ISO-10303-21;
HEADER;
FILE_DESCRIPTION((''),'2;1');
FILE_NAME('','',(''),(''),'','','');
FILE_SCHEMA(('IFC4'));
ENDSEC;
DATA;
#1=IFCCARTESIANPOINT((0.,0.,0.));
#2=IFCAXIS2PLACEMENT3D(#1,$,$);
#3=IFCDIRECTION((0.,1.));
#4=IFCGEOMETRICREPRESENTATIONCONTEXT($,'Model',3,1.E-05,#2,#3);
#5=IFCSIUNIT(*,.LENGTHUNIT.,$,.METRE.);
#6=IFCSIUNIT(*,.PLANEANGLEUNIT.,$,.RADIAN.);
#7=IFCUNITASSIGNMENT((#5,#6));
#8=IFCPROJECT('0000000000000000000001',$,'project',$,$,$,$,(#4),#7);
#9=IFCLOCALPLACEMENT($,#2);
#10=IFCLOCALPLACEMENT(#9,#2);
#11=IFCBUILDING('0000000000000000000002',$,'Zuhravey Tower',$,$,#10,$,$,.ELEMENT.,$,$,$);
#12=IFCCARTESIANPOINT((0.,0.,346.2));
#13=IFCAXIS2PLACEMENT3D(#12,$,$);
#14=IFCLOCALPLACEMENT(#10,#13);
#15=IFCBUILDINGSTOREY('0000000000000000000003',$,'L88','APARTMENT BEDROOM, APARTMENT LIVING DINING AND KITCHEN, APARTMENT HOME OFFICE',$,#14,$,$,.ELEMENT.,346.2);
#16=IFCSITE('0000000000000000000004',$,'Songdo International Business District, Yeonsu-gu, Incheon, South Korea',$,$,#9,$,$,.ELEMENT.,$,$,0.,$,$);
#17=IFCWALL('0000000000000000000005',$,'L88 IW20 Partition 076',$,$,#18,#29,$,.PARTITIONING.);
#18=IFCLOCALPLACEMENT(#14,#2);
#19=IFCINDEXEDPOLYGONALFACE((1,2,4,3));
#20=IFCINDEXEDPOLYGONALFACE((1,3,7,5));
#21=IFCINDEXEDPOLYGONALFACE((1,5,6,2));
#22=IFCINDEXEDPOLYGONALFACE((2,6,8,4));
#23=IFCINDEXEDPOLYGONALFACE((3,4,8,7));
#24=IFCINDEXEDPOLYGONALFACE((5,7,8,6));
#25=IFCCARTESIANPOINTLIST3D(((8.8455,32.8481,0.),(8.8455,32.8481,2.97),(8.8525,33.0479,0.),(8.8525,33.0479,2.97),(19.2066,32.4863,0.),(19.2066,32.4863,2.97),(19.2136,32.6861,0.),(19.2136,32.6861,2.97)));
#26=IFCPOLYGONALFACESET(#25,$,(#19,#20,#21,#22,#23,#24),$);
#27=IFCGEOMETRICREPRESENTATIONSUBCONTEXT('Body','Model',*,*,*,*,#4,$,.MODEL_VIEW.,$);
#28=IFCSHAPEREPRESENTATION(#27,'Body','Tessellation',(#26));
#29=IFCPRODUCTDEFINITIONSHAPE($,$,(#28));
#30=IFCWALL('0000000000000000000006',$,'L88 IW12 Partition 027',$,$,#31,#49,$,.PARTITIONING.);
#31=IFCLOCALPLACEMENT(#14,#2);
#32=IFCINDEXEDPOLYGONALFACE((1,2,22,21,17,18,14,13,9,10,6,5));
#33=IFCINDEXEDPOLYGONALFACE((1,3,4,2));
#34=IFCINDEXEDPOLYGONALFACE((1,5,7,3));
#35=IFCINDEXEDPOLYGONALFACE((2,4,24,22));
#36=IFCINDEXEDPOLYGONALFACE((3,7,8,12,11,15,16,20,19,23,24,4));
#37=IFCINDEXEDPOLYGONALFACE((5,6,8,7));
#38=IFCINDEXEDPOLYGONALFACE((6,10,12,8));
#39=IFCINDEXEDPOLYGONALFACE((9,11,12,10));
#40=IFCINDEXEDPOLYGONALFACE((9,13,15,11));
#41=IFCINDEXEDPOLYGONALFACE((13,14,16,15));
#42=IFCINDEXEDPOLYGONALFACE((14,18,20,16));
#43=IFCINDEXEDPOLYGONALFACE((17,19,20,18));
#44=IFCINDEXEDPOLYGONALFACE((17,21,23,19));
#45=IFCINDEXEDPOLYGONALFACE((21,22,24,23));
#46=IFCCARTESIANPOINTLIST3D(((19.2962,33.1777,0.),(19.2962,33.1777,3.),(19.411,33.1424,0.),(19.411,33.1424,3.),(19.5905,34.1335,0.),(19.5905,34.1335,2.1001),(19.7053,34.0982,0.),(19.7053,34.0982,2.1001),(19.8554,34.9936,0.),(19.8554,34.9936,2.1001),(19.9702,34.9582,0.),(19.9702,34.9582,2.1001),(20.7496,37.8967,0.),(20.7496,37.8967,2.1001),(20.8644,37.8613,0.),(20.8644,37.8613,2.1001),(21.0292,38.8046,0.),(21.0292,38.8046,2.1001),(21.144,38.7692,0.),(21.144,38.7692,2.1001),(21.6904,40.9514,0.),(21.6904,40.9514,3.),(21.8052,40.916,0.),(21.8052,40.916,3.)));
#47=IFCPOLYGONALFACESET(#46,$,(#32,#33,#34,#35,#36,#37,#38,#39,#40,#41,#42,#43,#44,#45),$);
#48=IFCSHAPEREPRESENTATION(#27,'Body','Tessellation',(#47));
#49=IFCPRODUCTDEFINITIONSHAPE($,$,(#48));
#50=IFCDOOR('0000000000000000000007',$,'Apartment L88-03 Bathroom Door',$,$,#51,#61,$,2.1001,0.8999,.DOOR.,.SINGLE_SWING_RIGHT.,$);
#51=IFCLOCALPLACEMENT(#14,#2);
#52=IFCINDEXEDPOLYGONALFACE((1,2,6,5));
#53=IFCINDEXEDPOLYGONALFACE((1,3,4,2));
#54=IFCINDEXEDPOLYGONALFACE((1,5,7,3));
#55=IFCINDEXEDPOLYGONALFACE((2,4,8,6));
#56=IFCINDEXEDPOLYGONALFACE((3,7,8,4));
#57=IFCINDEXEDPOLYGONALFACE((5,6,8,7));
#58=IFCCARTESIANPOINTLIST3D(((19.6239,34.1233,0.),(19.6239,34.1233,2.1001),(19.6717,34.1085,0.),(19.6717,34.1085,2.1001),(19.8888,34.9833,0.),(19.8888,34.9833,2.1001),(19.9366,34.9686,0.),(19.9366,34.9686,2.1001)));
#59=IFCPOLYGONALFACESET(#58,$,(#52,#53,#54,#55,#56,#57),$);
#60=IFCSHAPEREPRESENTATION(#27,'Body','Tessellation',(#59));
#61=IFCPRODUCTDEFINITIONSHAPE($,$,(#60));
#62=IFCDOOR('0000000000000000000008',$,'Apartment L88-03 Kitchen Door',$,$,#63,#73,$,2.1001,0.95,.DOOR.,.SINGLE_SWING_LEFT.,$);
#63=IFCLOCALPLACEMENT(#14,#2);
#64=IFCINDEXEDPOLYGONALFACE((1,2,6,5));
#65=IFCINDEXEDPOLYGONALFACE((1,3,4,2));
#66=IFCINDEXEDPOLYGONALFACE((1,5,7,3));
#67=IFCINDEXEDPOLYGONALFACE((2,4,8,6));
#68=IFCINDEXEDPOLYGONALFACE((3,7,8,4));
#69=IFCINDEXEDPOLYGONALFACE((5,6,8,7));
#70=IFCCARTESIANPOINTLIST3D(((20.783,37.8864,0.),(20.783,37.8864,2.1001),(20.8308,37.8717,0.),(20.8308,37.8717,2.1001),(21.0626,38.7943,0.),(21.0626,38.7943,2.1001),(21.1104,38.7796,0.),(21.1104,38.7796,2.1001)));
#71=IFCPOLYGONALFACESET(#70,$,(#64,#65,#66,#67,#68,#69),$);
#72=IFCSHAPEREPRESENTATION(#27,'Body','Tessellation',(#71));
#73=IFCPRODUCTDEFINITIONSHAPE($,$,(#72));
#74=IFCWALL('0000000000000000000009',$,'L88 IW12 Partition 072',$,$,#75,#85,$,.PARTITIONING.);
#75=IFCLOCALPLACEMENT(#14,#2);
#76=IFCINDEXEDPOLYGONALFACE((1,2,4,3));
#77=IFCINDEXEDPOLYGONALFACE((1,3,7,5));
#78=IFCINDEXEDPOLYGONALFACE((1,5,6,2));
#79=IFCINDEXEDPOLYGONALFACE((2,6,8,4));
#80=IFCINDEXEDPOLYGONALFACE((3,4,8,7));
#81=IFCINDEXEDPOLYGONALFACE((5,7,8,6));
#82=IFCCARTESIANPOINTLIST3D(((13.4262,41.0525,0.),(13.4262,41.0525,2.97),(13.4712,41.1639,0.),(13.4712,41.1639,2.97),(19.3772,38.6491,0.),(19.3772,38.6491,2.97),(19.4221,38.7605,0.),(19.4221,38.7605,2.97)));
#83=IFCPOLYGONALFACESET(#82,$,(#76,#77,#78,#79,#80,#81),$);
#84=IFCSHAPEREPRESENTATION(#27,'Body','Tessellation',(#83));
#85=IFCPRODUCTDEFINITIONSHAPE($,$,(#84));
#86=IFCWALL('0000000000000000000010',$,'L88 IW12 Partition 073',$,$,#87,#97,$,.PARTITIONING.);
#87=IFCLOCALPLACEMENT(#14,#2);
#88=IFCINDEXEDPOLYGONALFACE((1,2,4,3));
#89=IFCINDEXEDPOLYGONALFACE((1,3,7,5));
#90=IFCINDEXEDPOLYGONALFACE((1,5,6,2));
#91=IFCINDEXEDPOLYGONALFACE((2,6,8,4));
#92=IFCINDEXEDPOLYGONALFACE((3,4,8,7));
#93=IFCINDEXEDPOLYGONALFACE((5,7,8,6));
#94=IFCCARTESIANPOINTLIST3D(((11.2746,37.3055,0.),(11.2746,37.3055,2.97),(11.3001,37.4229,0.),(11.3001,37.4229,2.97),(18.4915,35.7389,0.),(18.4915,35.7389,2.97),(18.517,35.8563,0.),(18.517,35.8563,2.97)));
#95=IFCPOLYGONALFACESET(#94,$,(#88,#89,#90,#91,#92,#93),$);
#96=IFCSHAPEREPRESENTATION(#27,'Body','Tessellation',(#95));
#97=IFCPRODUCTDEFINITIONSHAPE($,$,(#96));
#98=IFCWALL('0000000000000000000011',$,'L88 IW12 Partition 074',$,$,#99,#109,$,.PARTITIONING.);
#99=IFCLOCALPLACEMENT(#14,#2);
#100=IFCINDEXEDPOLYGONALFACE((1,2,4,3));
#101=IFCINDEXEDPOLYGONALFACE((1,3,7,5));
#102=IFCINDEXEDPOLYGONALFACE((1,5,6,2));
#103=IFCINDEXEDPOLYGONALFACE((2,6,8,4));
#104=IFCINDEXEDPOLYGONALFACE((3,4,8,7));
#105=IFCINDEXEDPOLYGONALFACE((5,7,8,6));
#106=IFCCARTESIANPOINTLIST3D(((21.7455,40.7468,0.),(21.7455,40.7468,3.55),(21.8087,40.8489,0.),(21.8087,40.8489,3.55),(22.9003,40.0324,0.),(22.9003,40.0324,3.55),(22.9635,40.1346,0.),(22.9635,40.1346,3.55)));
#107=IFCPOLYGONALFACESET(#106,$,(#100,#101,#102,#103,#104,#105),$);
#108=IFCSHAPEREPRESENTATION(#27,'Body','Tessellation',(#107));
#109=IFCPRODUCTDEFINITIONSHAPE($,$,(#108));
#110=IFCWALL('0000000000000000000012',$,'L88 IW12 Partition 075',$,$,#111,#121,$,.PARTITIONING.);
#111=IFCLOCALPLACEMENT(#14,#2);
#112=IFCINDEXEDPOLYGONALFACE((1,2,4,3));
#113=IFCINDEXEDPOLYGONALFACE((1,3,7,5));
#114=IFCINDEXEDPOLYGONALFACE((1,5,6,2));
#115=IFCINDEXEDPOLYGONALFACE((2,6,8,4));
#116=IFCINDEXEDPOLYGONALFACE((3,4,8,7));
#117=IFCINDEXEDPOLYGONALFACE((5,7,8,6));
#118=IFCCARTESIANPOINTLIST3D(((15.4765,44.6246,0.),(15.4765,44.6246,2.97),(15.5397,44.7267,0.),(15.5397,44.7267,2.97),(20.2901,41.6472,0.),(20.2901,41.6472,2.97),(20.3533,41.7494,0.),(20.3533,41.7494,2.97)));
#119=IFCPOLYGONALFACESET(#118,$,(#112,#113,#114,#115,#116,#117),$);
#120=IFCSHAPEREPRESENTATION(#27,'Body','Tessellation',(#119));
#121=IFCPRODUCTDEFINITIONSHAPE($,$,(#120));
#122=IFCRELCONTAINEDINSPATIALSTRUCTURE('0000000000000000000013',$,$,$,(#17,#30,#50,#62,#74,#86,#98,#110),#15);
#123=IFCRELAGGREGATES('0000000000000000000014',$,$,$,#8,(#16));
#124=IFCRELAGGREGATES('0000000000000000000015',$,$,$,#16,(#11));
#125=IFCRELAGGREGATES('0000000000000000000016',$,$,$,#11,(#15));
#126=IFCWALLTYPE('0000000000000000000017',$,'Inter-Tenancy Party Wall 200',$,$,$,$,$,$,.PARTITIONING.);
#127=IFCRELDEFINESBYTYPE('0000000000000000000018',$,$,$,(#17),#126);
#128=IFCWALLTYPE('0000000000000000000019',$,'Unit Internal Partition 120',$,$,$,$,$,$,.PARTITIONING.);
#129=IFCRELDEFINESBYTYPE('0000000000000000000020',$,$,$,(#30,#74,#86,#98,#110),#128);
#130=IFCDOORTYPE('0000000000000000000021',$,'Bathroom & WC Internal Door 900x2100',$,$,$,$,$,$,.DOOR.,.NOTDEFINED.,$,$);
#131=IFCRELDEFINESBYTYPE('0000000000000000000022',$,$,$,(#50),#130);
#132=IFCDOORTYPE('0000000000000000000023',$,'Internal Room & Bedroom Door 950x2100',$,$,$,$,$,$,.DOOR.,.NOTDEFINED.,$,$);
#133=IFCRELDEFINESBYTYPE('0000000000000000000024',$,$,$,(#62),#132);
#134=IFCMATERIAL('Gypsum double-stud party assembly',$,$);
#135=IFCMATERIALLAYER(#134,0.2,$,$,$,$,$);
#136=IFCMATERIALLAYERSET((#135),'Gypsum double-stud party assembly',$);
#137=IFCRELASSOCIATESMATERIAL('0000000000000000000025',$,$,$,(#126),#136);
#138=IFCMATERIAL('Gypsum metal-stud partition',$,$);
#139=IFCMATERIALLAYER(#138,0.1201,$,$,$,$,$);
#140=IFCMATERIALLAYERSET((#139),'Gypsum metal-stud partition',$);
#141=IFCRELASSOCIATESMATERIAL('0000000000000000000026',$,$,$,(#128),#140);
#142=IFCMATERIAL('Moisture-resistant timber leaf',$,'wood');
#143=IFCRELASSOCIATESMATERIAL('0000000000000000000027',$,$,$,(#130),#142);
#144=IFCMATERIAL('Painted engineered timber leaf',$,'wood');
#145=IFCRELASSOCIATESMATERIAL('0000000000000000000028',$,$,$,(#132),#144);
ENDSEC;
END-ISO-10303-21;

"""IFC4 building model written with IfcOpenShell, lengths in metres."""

from ifc_helpers import new_model, si_unit, direction, frame, frame_2d, origin, place, context, subcontext, project, spatial, rectangle, extrude, material, layer, layer_set, type_object, element, fill, save


model = new_model("IFC4")

# Units and contexts
model_context = context("Model", 3, precision=1e-05, world=origin(), true_north=direction((0.0, 1.0)))
body_context = subcontext(model_context, "Body", "Model", "MODEL_VIEW")
ifc_project = project(units=[si_unit("LENGTHUNIT", "METRE"), si_unit("PLANEANGLEUNIT", "RADIAN")], contexts=[model_context])

# Site, building, storey
site_placement = place(None, origin())
site = spatial("IfcSite", under=ifc_project, at=site_placement, Name="Songdo International Business District, Yeonsu-gu, Incheon, South Korea", CompositionType="ELEMENT", RefElevation=0.0)
building_placement = place(site_placement, origin())
building = spatial("IfcBuilding", under=site, at=building_placement, Name="Zuhravey Tower", CompositionType="ELEMENT")
storey_placement = place(building_placement, frame((0.0, 0.0, 346.2)))
storey = spatial("IfcBuildingStorey", under=building, at=storey_placement, Name="L88", Description="APARTMENT BEDROOM, APARTMENT LIVING DINING AND KITCHEN, APARTMENT HOME OFFICE", CompositionType="ELEMENT", Elevation=346.2)

# Wall
ifc_material_1 = material(Name="Gypsum double-stud party assembly")
ifc_layer_1 = layer(ifc_material_1, 0.2)
ifc_layer_set_1 = layer_set([ifc_layer_1], Name="Gypsum double-stud party assembly")
wall_type_1 = type_object("IfcWallType", Name="Inter-Tenancy Party Wall 200", PredefinedType="PARTITIONING", material=ifc_layer_set_1)
wall_1_placement = place(storey_placement, frame((19.21, 32.5862, 0.0), z_axis=(0.0, 0.0, 1.0), x_axis=(-0.999391, 0.034899, 0.0)))
element("IfcWall", 1, at=wall_1_placement, inside=storey, type_object=wall_type_1, Name="L88 IW20 Partition 076", PredefinedType="PARTITIONING", context=body_context, shape_type="SweptSolid", body=[
    extrude(rectangle(XDim=10.3674, YDim=0.2, at=frame_2d((5.1836, 0.0))), origin(), (0.0, 0.0, 1.0), 2.97),
])

# Wall, openings, doors
ifc_material_2 = material(Name="Gypsum metal-stud partition")
ifc_layer_2 = layer(ifc_material_2, 0.1201)
ifc_layer_set_2 = layer_set([ifc_layer_2], Name="Gypsum metal-stud partition")
wall_type_2 = type_object("IfcWallType", Name="Unit Internal Partition 120", PredefinedType="PARTITIONING", material=ifc_layer_set_2)
wall_2_placement = place(storey_placement, frame((21.7478, 40.9336, 0.0), z_axis=(0.0, 0.0, 1.0), x_axis=(-0.294354, -0.955697, 0.0)))
wall_2 = element("IfcWall", 2, at=wall_2_placement, inside=storey, type_object=wall_type_2, Name="L88 IW12 Partition 027", PredefinedType="PARTITIONING", context=body_context, shape_type="SweptSolid", body=[
    extrude(rectangle(XDim=8.134, YDim=0.1201, at=frame_2d((4.0669, 0.0))), origin(), (0.0, 0.0, 1.0), 3.0),
])
opening_1_placement = place(wall_2_placement, frame((2.2461, 0.0, 0.0)))
opening_1 = element("IfcOpeningElement", 3, at=opening_1_placement, cuts=wall_2, PredefinedType="OPENING", context=body_context, shape_type="SweptSolid", body=[
    extrude(rectangle(XDim=0.95, YDim=2.1001, at=frame_2d((0.4751, 1.05))), frame((0.0, 0.072, 0.0), z_axis=(0.0, -1.0, 0.0), x_axis=(1.0, 0.0, 0.0)), (0.0, 0.0, 1.0), 0.144),
])
opening_2_placement = place(wall_2_placement, frame((6.2339, 0.0, 0.0)))
opening_2 = element("IfcOpeningElement", 4, at=opening_2_placement, cuts=wall_2, PredefinedType="OPENING", context=body_context, shape_type="SweptSolid", body=[
    extrude(rectangle(XDim=0.8999, YDim=2.1001, at=frame_2d((0.45, 1.05))), frame((0.0, 0.072, 0.0), z_axis=(0.0, -1.0, 0.0), x_axis=(1.0, 0.0, 0.0)), (0.0, 0.0, 1.0), 0.144),
])
ifc_material_3 = material(Name="Moisture-resistant timber leaf", Category="wood")
door_type_1 = type_object("IfcDoorType", Name="Bathroom & WC Internal Door 900x2100", OperationType="NOTDEFINED", PredefinedType="DOOR", material=ifc_material_3)
door_1_placement = place(opening_2_placement, origin())
door_1 = element("IfcDoor", 5, at=door_1_placement, inside=storey, type_object=door_type_1, Name="Apartment L88-03 Bathroom Door", OperationType="SINGLE_SWING_RIGHT", OverallHeight=2.1001, OverallWidth=0.8999, PredefinedType="DOOR", context=body_context, shape_type="SweptSolid", body=[
    extrude(rectangle(XDim=0.8999, YDim=2.1001, at=frame_2d((0.45, 1.05))), frame((0.0, 0.0249, 0.0), z_axis=(0.0, -1.0, 0.0), x_axis=(1.0, 0.0, 0.0)), (0.0, 0.0, 1.0), 0.05),
])
fill(opening_2, door_1)
ifc_material_4 = material(Name="Painted engineered timber leaf", Category="wood")
door_type_2 = type_object("IfcDoorType", Name="Internal Room & Bedroom Door 950x2100", OperationType="NOTDEFINED", PredefinedType="DOOR", material=ifc_material_4)
door_2_placement = place(opening_1_placement, origin())
door_2 = element("IfcDoor", 6, at=door_2_placement, inside=storey, type_object=door_type_2, Name="Apartment L88-03 Kitchen Door", OperationType="SINGLE_SWING_LEFT", OverallHeight=2.1001, OverallWidth=0.95, PredefinedType="DOOR", context=body_context, shape_type="SweptSolid", body=[
    extrude(rectangle(XDim=0.95, YDim=2.1001, at=frame_2d((0.4751, 1.05))), frame((0.0, 0.0249, 0.0), z_axis=(0.0, -1.0, 0.0), x_axis=(1.0, 0.0, 0.0)), (0.0, 0.0, 1.0), 0.05),
])
fill(opening_1, door_2)

# Walls
wall_3_placement = place(storey_placement, frame((19.3997, 38.7048, 0.0), z_axis=(0.0, 0.0, 1.0), x_axis=(-0.927239, 0.374471, 0.0)))
element("IfcWall", 7, at=wall_3_placement, inside=storey, type_object=wall_type_2, Name="L88 IW12 Partition 072", PredefinedType="PARTITIONING", context=body_context, shape_type="SweptSolid", body=[
    extrude(rectangle(XDim=6.418, YDim=0.1201, at=frame_2d((3.209, 0.0))), origin(), (0.0, 0.0, 1.0), 2.97),
])
wall_4_placement = place(storey_placement, frame((18.5042, 35.7976, 0.0), z_axis=(0.0, 0.0, 1.0), x_axis=(-0.97724, 0.212136, 0.0)))
element("IfcWall", 8, at=wall_4_placement, inside=storey, type_object=wall_type_2, Name="L88 IW12 Partition 073", PredefinedType="PARTITIONING", context=body_context, shape_type="SweptSolid", body=[
    extrude(rectangle(XDim=7.385, YDim=0.1201, at=frame_2d((3.6924, 0.0))), origin(), (0.0, 0.0, 1.0), 2.97),
])
wall_5_placement = place(storey_placement, frame((22.9319, 40.0835, 0.0), z_axis=(0.0, 0.0, 1.0), x_axis=(-0.850434, 0.526082, 0.0)))
element("IfcWall", 9, at=wall_5_placement, inside=storey, type_object=wall_type_2, Name="L88 IW12 Partition 074", PredefinedType="PARTITIONING", context=body_context, shape_type="SweptSolid", body=[
    extrude(rectangle(XDim=1.3579, YDim=0.1201, at=frame_2d((0.679, 0.0))), origin(), (0.0, 0.0, 1.0), 3.55),
])
wall_6_placement = place(storey_placement, frame((20.3218, 41.6982, 0.0), z_axis=(0.0, 0.0, 1.0), x_axis=(-0.850461, 0.526038, 0.0)))
element("IfcWall", 10, at=wall_6_placement, inside=storey, type_object=wall_type_2, Name="L88 IW12 Partition 075", PredefinedType="PARTITIONING", context=body_context, shape_type="SweptSolid", body=[
    extrude(rectangle(XDim=5.6599, YDim=0.1201, at=frame_2d((2.8301, 0.0))), origin(), (0.0, 0.0, 1.0), 2.97),
])

save(model, "model.ifc")
